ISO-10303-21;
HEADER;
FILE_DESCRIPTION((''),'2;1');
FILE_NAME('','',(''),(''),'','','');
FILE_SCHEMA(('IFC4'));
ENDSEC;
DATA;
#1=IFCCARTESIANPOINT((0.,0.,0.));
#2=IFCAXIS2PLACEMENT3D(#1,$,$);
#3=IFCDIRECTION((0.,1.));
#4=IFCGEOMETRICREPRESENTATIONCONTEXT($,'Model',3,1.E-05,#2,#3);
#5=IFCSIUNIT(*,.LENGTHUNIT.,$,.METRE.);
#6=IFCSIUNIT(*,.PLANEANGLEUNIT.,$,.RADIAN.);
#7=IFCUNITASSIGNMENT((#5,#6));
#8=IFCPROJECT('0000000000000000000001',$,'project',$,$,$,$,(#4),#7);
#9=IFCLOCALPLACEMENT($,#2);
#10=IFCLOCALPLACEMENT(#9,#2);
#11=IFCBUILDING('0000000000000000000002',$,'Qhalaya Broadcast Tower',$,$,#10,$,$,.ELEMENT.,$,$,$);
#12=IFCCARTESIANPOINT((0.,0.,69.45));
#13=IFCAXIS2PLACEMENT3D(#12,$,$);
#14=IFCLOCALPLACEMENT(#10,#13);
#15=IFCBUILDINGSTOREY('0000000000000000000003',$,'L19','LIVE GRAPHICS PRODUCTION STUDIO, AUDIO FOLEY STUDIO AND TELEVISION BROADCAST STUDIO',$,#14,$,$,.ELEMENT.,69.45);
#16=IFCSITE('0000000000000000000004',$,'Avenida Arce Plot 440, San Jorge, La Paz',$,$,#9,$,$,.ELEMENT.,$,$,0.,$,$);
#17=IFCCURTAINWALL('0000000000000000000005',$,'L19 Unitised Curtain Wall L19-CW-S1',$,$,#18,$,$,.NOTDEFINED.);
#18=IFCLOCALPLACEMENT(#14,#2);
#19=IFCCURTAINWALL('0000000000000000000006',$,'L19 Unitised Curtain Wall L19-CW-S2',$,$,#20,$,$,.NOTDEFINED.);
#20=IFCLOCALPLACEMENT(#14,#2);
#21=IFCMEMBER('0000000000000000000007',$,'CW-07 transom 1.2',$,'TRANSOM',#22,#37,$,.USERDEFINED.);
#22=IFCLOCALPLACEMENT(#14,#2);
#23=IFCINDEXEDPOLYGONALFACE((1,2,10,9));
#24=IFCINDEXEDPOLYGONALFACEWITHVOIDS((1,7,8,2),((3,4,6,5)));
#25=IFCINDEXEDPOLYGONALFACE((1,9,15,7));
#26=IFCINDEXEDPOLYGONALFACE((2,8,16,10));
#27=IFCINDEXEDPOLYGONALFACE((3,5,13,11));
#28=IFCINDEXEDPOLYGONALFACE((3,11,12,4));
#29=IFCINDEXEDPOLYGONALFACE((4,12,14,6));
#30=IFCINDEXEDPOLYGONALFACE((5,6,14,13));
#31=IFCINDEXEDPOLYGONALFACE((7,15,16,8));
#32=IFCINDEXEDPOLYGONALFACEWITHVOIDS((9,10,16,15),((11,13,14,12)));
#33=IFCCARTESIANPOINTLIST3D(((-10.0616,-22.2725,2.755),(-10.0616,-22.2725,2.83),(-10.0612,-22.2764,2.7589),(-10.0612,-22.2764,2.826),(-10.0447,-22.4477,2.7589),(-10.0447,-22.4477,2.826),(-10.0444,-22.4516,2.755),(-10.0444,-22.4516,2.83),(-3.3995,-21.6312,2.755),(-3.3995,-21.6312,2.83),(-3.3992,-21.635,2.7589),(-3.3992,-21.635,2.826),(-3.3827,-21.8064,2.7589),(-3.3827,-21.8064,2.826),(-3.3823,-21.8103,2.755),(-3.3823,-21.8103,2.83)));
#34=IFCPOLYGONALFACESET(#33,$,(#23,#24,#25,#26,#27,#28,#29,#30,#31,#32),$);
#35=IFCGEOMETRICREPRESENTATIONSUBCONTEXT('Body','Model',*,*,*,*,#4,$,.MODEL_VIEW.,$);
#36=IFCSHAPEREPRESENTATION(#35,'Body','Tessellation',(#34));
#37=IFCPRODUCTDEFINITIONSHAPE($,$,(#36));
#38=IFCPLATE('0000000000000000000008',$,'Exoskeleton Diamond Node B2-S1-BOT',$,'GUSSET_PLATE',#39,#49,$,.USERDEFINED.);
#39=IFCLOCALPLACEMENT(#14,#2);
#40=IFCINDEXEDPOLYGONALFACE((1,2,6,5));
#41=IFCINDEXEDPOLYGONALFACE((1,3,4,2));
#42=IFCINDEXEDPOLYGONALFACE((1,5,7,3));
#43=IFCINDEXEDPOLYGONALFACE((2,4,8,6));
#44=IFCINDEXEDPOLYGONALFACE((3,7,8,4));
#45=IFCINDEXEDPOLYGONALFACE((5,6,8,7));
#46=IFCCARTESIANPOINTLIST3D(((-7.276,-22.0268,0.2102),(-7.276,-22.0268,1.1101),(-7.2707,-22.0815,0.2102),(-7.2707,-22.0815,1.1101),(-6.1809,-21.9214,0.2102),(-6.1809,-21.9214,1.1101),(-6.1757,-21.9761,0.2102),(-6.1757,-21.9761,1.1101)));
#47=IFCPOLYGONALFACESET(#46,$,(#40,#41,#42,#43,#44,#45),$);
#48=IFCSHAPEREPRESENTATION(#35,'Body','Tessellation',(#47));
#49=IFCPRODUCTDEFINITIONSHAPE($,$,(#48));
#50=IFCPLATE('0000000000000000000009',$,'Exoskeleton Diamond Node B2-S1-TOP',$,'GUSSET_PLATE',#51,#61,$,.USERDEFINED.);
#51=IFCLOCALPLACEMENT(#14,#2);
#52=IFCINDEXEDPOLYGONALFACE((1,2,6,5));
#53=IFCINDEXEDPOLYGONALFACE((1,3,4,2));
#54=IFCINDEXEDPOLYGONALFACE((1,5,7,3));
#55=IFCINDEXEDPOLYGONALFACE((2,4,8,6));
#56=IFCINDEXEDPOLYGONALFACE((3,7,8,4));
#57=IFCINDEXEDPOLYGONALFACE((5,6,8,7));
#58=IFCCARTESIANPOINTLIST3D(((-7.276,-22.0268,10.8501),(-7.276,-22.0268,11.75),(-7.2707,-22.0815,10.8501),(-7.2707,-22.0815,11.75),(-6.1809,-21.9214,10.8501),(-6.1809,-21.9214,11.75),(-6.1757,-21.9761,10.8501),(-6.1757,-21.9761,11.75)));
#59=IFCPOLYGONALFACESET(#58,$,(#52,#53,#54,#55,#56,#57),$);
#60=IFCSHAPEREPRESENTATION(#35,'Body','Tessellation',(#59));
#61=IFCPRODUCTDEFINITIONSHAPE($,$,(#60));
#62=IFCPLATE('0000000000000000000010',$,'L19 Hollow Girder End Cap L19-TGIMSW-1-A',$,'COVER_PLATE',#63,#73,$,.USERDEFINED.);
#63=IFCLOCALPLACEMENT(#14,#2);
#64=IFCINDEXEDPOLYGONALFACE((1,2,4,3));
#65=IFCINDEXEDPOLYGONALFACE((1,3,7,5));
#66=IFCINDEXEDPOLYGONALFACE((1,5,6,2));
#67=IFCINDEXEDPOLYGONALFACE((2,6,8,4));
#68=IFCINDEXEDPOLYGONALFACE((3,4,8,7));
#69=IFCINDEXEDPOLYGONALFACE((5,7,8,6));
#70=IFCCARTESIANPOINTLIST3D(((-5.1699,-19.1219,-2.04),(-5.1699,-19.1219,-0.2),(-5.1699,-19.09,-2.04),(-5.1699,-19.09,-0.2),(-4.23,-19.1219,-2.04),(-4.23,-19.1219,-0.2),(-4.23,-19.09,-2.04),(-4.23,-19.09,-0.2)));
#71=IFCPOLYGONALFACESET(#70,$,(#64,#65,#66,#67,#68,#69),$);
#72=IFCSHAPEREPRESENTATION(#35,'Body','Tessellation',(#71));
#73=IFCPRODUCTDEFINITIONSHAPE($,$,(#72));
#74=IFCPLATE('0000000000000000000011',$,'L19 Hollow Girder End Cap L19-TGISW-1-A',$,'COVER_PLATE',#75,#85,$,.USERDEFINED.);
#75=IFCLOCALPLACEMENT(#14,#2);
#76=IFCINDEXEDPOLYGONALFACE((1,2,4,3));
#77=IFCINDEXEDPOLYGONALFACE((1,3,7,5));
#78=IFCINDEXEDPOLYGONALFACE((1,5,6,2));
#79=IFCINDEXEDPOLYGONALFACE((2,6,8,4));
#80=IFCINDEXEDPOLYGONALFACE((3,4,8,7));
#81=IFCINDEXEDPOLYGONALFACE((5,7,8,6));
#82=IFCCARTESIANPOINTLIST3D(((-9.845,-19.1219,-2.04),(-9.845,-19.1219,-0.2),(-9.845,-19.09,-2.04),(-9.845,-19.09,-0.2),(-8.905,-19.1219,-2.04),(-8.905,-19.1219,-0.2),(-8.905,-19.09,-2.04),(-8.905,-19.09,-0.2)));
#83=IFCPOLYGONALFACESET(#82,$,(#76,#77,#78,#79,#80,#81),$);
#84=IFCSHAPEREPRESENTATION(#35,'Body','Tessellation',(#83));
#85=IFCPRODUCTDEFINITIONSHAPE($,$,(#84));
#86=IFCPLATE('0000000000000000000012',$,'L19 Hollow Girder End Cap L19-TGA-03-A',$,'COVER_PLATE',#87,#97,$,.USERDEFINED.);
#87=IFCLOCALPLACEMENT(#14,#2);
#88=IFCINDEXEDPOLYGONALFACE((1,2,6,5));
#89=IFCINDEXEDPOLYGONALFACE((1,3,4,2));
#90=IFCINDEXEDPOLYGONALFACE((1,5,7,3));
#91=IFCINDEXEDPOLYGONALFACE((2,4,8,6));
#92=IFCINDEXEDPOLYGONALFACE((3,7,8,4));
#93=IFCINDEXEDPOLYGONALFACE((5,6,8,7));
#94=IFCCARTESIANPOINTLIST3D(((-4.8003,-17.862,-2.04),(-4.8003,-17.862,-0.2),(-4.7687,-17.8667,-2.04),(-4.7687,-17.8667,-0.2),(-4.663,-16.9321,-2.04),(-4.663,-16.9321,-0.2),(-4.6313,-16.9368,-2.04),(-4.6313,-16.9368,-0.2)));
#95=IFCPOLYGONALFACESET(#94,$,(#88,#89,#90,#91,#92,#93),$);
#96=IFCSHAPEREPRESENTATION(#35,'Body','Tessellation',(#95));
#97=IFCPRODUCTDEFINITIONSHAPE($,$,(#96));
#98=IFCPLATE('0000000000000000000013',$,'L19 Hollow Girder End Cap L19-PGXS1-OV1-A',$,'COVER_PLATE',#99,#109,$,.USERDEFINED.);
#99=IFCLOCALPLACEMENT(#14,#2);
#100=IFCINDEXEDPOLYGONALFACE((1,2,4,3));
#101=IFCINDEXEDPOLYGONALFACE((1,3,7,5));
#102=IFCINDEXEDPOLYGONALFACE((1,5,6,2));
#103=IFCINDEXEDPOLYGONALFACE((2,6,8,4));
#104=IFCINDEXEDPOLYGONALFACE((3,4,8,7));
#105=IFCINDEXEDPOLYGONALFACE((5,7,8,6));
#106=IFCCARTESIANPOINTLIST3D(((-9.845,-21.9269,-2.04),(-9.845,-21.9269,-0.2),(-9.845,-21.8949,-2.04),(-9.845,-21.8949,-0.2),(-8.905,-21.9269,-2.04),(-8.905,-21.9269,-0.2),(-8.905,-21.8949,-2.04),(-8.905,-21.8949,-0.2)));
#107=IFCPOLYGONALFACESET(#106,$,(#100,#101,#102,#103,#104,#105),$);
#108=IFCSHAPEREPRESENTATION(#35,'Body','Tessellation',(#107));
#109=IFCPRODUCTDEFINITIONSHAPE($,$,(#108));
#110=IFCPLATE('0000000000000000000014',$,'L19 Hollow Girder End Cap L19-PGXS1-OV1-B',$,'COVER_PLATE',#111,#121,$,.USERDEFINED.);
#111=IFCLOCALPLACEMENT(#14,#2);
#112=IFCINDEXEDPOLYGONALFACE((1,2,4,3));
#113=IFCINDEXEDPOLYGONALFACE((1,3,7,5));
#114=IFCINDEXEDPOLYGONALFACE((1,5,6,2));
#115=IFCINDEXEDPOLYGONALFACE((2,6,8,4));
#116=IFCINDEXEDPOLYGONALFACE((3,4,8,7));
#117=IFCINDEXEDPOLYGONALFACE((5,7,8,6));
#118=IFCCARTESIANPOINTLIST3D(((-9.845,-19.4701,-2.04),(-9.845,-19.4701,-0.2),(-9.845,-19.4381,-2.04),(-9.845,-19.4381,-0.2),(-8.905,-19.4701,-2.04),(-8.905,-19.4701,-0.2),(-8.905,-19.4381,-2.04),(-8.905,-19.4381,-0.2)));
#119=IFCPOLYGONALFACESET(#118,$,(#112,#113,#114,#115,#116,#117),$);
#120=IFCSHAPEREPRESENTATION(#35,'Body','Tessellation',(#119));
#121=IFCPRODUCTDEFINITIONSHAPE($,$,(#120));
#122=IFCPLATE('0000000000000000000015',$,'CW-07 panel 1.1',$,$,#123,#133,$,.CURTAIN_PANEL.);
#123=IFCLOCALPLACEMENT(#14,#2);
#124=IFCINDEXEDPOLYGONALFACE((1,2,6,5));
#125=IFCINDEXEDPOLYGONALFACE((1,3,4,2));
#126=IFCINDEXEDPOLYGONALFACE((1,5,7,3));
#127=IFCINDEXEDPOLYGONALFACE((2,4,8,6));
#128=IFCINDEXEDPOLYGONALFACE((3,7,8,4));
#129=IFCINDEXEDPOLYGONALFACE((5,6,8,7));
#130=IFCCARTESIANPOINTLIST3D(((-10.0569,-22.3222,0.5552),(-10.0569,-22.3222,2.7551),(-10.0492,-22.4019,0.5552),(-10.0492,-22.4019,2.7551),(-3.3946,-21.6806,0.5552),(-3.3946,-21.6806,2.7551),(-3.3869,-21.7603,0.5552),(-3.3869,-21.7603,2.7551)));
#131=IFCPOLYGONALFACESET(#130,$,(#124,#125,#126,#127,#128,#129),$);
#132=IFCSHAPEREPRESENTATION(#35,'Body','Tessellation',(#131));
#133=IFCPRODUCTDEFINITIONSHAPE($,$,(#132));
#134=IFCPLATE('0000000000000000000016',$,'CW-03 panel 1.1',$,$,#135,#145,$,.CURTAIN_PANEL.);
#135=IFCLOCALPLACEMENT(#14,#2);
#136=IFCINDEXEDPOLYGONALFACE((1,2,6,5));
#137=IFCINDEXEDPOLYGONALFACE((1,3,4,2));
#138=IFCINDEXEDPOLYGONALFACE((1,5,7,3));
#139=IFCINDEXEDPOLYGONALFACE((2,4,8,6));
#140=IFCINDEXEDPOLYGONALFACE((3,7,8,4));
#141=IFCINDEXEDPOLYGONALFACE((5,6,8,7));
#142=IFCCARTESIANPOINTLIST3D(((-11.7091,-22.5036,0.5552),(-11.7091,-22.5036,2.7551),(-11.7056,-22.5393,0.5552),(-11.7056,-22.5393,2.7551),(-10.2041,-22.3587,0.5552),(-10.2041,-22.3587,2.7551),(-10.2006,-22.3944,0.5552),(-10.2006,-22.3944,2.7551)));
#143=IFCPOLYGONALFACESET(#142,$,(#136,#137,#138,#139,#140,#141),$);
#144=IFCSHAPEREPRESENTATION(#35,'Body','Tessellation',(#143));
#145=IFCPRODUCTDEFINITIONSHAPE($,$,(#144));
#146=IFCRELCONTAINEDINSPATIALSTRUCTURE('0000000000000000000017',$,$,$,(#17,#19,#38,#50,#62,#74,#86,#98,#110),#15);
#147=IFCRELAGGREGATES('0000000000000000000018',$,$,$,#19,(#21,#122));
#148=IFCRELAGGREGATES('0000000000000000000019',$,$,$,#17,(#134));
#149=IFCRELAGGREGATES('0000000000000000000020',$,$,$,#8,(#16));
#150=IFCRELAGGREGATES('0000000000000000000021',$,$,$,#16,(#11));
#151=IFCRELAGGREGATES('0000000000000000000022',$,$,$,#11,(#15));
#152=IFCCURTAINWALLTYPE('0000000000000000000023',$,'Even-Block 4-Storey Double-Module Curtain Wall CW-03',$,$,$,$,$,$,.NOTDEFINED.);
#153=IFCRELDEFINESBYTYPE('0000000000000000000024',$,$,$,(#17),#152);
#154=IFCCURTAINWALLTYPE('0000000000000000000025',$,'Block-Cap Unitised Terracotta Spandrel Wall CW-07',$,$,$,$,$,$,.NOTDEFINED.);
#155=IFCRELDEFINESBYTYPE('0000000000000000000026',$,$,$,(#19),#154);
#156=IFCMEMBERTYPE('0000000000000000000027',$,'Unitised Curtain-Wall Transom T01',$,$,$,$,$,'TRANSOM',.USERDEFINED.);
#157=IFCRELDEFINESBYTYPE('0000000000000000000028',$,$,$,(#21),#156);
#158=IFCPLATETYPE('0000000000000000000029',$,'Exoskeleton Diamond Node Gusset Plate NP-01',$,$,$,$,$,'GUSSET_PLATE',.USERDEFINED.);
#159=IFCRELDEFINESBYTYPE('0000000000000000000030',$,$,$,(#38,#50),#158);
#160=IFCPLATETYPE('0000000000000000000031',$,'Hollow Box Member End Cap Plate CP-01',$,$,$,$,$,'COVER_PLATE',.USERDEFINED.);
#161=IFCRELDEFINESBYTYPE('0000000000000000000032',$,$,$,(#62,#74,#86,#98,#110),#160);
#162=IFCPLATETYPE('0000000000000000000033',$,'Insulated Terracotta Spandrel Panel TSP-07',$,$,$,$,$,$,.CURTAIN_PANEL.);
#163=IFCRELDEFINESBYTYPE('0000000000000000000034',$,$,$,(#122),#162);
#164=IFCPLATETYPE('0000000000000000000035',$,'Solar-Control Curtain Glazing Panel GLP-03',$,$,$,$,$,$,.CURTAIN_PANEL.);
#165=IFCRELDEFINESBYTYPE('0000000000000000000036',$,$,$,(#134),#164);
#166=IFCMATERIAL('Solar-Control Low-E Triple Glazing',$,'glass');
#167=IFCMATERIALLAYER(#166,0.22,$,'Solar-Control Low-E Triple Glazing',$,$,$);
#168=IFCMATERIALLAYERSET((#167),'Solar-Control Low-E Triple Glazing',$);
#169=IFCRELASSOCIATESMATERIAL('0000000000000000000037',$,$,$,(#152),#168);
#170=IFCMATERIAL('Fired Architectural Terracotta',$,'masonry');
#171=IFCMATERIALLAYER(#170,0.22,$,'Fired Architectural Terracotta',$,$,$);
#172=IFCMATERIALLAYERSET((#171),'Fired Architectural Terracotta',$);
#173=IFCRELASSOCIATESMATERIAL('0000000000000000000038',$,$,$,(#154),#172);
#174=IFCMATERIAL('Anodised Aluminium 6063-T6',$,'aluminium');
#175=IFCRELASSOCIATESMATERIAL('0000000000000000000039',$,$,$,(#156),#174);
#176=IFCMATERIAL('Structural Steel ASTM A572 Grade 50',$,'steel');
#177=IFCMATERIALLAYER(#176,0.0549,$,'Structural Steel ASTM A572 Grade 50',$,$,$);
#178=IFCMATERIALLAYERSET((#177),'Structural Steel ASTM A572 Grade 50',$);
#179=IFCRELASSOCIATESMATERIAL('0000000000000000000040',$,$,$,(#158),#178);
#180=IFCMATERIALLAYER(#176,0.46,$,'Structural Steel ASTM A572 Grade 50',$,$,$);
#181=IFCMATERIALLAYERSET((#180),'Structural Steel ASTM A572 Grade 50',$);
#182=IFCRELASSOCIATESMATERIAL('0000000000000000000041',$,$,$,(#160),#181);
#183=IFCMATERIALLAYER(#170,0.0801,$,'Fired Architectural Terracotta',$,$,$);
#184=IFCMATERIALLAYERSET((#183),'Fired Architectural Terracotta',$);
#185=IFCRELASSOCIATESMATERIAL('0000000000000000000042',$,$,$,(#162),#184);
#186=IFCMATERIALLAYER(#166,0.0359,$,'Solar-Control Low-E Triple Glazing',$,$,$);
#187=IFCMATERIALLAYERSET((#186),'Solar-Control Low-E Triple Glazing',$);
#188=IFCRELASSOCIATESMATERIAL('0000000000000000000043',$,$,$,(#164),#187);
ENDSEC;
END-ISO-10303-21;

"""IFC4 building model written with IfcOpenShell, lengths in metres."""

from ifc_helpers import new_model, si_unit, direction, frame, origin, origin_2d, place, context, subcontext, project, spatial, rectangle, hollow_rectangle, extrude, material, layer, layer_set, material_profile, profile_set, type_object, element, aggregate, save


model = new_model("IFC4")

# Units and contexts
model_context = context("Model", 3, precision=1e-05, world=origin(), true_north=direction((0.0, 1.0)))
body_context = subcontext(model_context, "Body", "Model", "MODEL_VIEW")
ifc_project = project(units=[si_unit("LENGTHUNIT", "METRE"), si_unit("PLANEANGLEUNIT", "RADIAN")], contexts=[model_context])

# Site, building, storey
site_placement = place(None, origin())
site = spatial("IfcSite", under=ifc_project, at=site_placement, Name="Avenida Arce Plot 440, San Jorge, La Paz", CompositionType="ELEMENT", RefElevation=0.0)
building_placement = place(site_placement, origin())
building = spatial("IfcBuilding", under=site, at=building_placement, Name="Qhalaya Broadcast Tower", CompositionType="ELEMENT")
storey_placement = place(building_placement, frame((0.0, 0.0, 69.45)))
storey = spatial("IfcBuildingStorey", under=building, at=storey_placement, Name="L19", Description="LIVE GRAPHICS PRODUCTION STUDIO, AUDIO FOLEY STUDIO AND TELEVISION BROADCAST STUDIO", CompositionType="ELEMENT", Elevation=69.45)

# Shared definitions
ifc_material_1 = material(Name="Structural Steel ASTM A572 Grade 50", Category="steel")

# Curtain wall
ifc_material_2 = material(Name="Solar-Control Low-E Triple Glazing", Category="glass")
ifc_layer_1 = layer(ifc_material_2, 0.22, Name="Solar-Control Low-E Triple Glazing")
ifc_layer_set_1 = layer_set([ifc_layer_1], Name="Solar-Control Low-E Triple Glazing")
curtain_wall_type_1 = type_object("IfcCurtainWallType", Name="Even-Block 4-Storey Double-Module Curtain Wall CW-03", PredefinedType="NOTDEFINED", material=ifc_layer_set_1)
curtain_wall_1_placement = place(storey_placement, origin())
curtain_wall_1 = element("IfcCurtainWall", 1, at=curtain_wall_1_placement, inside=storey, type_object=curtain_wall_type_1, Name="L19 Unitised Curtain Wall L19-CW-S1", PredefinedType="NOTDEFINED")
ifc_material_3 = material(Name="Anodised Aluminium 6063-T6", Category="aluminium")

# Curtain wall, member
ifc_material_4 = material(Name="Fired Architectural Terracotta", Category="masonry")
ifc_layer_2 = layer(ifc_material_4, 0.22, Name="Fired Architectural Terracotta")
ifc_layer_set_2 = layer_set([ifc_layer_2], Name="Fired Architectural Terracotta")
curtain_wall_type_2 = type_object("IfcCurtainWallType", Name="Block-Cap Unitised Terracotta Spandrel Wall CW-07", PredefinedType="NOTDEFINED", material=ifc_layer_set_2)
curtain_wall_2_placement = place(storey_placement, origin())
curtain_wall_2 = element("IfcCurtainWall", 2, at=curtain_wall_2_placement, inside=storey, type_object=curtain_wall_type_2, Name="L19 Unitised Curtain Wall L19-CW-S2", PredefinedType="NOTDEFINED")
ifc_material_profile_1 = material_profile(ifc_material_3, hollow_rectangle(XDim=0.075, YDim=0.1799, WallThickness=0.0039, at=origin_2d()), Name="ALU-TRN 75x180x4")
ifc_profile_set_1 = profile_set([ifc_material_profile_1], Name="Anodised Aluminium 6063-T6")
member_type_1 = type_object("IfcMemberType", Name="Unitised Curtain-Wall Transom T01", ElementType="TRANSOM", PredefinedType="USERDEFINED", material=ifc_profile_set_1)
member_1_placement = place(storey_placement, frame((-10.053, -22.3621, 2.7925), z_axis=(0.995398, 0.095826, 0.0), x_axis=(0.0, 0.0, 1.0)))
member_1 = element("IfcMember", 3, at=member_1_placement, type_object=member_type_1, Name="CW-07 transom 1.2", ObjectType="TRANSOM", PredefinedType="USERDEFINED", context=body_context, shape_type="SweptSolid", body=[
    extrude(hollow_rectangle(XDim=0.075, YDim=0.1799, WallThickness=0.0039, at=origin_2d()), origin(), (0.0, 0.0, 1.0), 6.6929),
])

# Plates
ifc_layer_3 = layer(ifc_material_1, 0.0549, Name="Structural Steel ASTM A572 Grade 50")
ifc_layer_set_3 = layer_set([ifc_layer_3], Name="Structural Steel ASTM A572 Grade 50")
plate_type_1 = type_object("IfcPlateType", Name="Exoskeleton Diamond Node Gusset Plate NP-01", ElementType="GUSSET_PLATE", PredefinedType="USERDEFINED", material=ifc_layer_set_3)
for number, where, z_axis, x_axis, name in (
    (4, (-6.7258, -22.0015, 0.2102), (0.0, 0.0, 1.0), (0.995396, 0.095846, 0.0), "Exoskeleton Diamond Node B2-S1-BOT"),
    (5, (-6.7258, -22.0015, 10.8501), (0.0, 0.0, 1.0), (0.995396, 0.095846, 0.0), "Exoskeleton Diamond Node B2-S1-TOP"),
):
    element("IfcPlate", number, at=place(storey_placement, frame(where, z_axis=z_axis, x_axis=x_axis)), inside=storey, type_object=plate_type_1, Name=name, ObjectType="GUSSET_PLATE", PredefinedType="USERDEFINED", context=body_context, shape_type="SweptSolid", body=[
        extrude(rectangle(XDim=1.1001, YDim=0.0549, at=origin_2d()), origin(), (0.0, 0.0, 1.0), 0.8999),
    ])
ifc_layer_4 = layer(ifc_material_1, 0.46, Name="Structural Steel ASTM A572 Grade 50")
ifc_layer_set_4 = layer_set([ifc_layer_4], Name="Structural Steel ASTM A572 Grade 50")
plate_type_2 = type_object("IfcPlateType", Name="Hollow Box Member End Cap Plate CP-01", ElementType="COVER_PLATE", PredefinedType="USERDEFINED", material=ifc_layer_set_4)
for number, where, z_axis, x_axis, name in (
    (6, (-4.7, -19.106, -2.04), (0.0, 0.0, 1.0), (-1.0, 0.0, 0.0), "L19 Hollow Girder End Cap L19-TGIMSW-1-A"),
    (7, (-9.375, -19.106, -2.04), (0.0, 0.0, 1.0), (-1.0, 0.0, 0.0), "L19 Hollow Girder End Cap L19-TGISW-1-A"),
    (8, (-4.7158, -17.3994, -2.04), (0.0, 0.0, 1.0), (0.146083, 0.989272, 0.0), "L19 Hollow Girder End Cap L19-TGA-03-A"),
    (9, (-9.375, -21.9109, -2.04), (0.0, 0.0, 1.0), (-1.0, 0.0, 0.0), "L19 Hollow Girder End Cap L19-PGXS1-OV1-A"),
    (10, (-9.375, -19.4541, -2.04), (0.0, 0.0, 1.0), (-1.0, 0.0, 0.0), "L19 Hollow Girder End Cap L19-PGXS1-OV1-B"),
):
    element("IfcPlate", number, at=place(storey_placement, frame(where, z_axis=z_axis, x_axis=x_axis)), inside=storey, type_object=plate_type_2, Name=name, ObjectType="COVER_PLATE", PredefinedType="USERDEFINED", context=body_context, shape_type="SweptSolid", body=[
        extrude(rectangle(XDim=0.9399, YDim=0.032, at=origin_2d()), origin(), (0.0, 0.0, 1.0), 1.8401),
    ])

# Plates
ifc_layer_5 = layer(ifc_material_4, 0.0801, Name="Fired Architectural Terracotta")
ifc_layer_set_5 = layer_set([ifc_layer_5], Name="Fired Architectural Terracotta")
plate_type_3 = type_object("IfcPlateType", Name="Insulated Terracotta Spandrel Panel TSP-07", PredefinedType="CURTAIN_PANEL", material=ifc_layer_set_5)
plate_1_placement = place(storey_placement, frame((-6.7219, -22.0413, 0.5552), z_axis=(0.0, 0.0, 1.0), x_axis=(0.995396, 0.09585, 0.0)))
plate_1 = element("IfcPlate", 11, at=plate_1_placement, type_object=plate_type_3, Name="CW-07 panel 1.1", PredefinedType="CURTAIN_PANEL", context=body_context, shape_type="SweptSolid", body=[
    extrude(rectangle(XDim=6.6931, YDim=0.0801, at=origin_2d()), origin(), (0.0, 0.0, 1.0), 2.2),
])
aggregate(curtain_wall_2, [member_1, plate_1])
ifc_layer_6 = layer(ifc_material_2, 0.0359, Name="Solar-Control Low-E Triple Glazing")
ifc_layer_set_6 = layer_set([ifc_layer_6], Name="Solar-Control Low-E Triple Glazing")
plate_type_4 = type_object("IfcPlateType", Name="Solar-Control Curtain Glazing Panel GLP-03", PredefinedType="CURTAIN_PANEL", material=ifc_layer_set_6)
plate_2_placement = place(storey_placement, frame((-10.9548, -22.449, 0.5552), z_axis=(0.0, 0.0, 1.0), x_axis=(0.995396, 0.095851, 0.0)))
plate_2 = element("IfcPlate", 12, at=plate_2_placement, type_object=plate_type_4, Name="CW-03 panel 1.1", PredefinedType="CURTAIN_PANEL", context=body_context, shape_type="SweptSolid", body=[
    extrude(rectangle(XDim=1.512, YDim=0.0359, at=origin_2d()), origin(), (0.0, 0.0, 1.0), 2.2),
])
aggregate(curtain_wall_1, [plate_2])

save(model, "model.ifc")
